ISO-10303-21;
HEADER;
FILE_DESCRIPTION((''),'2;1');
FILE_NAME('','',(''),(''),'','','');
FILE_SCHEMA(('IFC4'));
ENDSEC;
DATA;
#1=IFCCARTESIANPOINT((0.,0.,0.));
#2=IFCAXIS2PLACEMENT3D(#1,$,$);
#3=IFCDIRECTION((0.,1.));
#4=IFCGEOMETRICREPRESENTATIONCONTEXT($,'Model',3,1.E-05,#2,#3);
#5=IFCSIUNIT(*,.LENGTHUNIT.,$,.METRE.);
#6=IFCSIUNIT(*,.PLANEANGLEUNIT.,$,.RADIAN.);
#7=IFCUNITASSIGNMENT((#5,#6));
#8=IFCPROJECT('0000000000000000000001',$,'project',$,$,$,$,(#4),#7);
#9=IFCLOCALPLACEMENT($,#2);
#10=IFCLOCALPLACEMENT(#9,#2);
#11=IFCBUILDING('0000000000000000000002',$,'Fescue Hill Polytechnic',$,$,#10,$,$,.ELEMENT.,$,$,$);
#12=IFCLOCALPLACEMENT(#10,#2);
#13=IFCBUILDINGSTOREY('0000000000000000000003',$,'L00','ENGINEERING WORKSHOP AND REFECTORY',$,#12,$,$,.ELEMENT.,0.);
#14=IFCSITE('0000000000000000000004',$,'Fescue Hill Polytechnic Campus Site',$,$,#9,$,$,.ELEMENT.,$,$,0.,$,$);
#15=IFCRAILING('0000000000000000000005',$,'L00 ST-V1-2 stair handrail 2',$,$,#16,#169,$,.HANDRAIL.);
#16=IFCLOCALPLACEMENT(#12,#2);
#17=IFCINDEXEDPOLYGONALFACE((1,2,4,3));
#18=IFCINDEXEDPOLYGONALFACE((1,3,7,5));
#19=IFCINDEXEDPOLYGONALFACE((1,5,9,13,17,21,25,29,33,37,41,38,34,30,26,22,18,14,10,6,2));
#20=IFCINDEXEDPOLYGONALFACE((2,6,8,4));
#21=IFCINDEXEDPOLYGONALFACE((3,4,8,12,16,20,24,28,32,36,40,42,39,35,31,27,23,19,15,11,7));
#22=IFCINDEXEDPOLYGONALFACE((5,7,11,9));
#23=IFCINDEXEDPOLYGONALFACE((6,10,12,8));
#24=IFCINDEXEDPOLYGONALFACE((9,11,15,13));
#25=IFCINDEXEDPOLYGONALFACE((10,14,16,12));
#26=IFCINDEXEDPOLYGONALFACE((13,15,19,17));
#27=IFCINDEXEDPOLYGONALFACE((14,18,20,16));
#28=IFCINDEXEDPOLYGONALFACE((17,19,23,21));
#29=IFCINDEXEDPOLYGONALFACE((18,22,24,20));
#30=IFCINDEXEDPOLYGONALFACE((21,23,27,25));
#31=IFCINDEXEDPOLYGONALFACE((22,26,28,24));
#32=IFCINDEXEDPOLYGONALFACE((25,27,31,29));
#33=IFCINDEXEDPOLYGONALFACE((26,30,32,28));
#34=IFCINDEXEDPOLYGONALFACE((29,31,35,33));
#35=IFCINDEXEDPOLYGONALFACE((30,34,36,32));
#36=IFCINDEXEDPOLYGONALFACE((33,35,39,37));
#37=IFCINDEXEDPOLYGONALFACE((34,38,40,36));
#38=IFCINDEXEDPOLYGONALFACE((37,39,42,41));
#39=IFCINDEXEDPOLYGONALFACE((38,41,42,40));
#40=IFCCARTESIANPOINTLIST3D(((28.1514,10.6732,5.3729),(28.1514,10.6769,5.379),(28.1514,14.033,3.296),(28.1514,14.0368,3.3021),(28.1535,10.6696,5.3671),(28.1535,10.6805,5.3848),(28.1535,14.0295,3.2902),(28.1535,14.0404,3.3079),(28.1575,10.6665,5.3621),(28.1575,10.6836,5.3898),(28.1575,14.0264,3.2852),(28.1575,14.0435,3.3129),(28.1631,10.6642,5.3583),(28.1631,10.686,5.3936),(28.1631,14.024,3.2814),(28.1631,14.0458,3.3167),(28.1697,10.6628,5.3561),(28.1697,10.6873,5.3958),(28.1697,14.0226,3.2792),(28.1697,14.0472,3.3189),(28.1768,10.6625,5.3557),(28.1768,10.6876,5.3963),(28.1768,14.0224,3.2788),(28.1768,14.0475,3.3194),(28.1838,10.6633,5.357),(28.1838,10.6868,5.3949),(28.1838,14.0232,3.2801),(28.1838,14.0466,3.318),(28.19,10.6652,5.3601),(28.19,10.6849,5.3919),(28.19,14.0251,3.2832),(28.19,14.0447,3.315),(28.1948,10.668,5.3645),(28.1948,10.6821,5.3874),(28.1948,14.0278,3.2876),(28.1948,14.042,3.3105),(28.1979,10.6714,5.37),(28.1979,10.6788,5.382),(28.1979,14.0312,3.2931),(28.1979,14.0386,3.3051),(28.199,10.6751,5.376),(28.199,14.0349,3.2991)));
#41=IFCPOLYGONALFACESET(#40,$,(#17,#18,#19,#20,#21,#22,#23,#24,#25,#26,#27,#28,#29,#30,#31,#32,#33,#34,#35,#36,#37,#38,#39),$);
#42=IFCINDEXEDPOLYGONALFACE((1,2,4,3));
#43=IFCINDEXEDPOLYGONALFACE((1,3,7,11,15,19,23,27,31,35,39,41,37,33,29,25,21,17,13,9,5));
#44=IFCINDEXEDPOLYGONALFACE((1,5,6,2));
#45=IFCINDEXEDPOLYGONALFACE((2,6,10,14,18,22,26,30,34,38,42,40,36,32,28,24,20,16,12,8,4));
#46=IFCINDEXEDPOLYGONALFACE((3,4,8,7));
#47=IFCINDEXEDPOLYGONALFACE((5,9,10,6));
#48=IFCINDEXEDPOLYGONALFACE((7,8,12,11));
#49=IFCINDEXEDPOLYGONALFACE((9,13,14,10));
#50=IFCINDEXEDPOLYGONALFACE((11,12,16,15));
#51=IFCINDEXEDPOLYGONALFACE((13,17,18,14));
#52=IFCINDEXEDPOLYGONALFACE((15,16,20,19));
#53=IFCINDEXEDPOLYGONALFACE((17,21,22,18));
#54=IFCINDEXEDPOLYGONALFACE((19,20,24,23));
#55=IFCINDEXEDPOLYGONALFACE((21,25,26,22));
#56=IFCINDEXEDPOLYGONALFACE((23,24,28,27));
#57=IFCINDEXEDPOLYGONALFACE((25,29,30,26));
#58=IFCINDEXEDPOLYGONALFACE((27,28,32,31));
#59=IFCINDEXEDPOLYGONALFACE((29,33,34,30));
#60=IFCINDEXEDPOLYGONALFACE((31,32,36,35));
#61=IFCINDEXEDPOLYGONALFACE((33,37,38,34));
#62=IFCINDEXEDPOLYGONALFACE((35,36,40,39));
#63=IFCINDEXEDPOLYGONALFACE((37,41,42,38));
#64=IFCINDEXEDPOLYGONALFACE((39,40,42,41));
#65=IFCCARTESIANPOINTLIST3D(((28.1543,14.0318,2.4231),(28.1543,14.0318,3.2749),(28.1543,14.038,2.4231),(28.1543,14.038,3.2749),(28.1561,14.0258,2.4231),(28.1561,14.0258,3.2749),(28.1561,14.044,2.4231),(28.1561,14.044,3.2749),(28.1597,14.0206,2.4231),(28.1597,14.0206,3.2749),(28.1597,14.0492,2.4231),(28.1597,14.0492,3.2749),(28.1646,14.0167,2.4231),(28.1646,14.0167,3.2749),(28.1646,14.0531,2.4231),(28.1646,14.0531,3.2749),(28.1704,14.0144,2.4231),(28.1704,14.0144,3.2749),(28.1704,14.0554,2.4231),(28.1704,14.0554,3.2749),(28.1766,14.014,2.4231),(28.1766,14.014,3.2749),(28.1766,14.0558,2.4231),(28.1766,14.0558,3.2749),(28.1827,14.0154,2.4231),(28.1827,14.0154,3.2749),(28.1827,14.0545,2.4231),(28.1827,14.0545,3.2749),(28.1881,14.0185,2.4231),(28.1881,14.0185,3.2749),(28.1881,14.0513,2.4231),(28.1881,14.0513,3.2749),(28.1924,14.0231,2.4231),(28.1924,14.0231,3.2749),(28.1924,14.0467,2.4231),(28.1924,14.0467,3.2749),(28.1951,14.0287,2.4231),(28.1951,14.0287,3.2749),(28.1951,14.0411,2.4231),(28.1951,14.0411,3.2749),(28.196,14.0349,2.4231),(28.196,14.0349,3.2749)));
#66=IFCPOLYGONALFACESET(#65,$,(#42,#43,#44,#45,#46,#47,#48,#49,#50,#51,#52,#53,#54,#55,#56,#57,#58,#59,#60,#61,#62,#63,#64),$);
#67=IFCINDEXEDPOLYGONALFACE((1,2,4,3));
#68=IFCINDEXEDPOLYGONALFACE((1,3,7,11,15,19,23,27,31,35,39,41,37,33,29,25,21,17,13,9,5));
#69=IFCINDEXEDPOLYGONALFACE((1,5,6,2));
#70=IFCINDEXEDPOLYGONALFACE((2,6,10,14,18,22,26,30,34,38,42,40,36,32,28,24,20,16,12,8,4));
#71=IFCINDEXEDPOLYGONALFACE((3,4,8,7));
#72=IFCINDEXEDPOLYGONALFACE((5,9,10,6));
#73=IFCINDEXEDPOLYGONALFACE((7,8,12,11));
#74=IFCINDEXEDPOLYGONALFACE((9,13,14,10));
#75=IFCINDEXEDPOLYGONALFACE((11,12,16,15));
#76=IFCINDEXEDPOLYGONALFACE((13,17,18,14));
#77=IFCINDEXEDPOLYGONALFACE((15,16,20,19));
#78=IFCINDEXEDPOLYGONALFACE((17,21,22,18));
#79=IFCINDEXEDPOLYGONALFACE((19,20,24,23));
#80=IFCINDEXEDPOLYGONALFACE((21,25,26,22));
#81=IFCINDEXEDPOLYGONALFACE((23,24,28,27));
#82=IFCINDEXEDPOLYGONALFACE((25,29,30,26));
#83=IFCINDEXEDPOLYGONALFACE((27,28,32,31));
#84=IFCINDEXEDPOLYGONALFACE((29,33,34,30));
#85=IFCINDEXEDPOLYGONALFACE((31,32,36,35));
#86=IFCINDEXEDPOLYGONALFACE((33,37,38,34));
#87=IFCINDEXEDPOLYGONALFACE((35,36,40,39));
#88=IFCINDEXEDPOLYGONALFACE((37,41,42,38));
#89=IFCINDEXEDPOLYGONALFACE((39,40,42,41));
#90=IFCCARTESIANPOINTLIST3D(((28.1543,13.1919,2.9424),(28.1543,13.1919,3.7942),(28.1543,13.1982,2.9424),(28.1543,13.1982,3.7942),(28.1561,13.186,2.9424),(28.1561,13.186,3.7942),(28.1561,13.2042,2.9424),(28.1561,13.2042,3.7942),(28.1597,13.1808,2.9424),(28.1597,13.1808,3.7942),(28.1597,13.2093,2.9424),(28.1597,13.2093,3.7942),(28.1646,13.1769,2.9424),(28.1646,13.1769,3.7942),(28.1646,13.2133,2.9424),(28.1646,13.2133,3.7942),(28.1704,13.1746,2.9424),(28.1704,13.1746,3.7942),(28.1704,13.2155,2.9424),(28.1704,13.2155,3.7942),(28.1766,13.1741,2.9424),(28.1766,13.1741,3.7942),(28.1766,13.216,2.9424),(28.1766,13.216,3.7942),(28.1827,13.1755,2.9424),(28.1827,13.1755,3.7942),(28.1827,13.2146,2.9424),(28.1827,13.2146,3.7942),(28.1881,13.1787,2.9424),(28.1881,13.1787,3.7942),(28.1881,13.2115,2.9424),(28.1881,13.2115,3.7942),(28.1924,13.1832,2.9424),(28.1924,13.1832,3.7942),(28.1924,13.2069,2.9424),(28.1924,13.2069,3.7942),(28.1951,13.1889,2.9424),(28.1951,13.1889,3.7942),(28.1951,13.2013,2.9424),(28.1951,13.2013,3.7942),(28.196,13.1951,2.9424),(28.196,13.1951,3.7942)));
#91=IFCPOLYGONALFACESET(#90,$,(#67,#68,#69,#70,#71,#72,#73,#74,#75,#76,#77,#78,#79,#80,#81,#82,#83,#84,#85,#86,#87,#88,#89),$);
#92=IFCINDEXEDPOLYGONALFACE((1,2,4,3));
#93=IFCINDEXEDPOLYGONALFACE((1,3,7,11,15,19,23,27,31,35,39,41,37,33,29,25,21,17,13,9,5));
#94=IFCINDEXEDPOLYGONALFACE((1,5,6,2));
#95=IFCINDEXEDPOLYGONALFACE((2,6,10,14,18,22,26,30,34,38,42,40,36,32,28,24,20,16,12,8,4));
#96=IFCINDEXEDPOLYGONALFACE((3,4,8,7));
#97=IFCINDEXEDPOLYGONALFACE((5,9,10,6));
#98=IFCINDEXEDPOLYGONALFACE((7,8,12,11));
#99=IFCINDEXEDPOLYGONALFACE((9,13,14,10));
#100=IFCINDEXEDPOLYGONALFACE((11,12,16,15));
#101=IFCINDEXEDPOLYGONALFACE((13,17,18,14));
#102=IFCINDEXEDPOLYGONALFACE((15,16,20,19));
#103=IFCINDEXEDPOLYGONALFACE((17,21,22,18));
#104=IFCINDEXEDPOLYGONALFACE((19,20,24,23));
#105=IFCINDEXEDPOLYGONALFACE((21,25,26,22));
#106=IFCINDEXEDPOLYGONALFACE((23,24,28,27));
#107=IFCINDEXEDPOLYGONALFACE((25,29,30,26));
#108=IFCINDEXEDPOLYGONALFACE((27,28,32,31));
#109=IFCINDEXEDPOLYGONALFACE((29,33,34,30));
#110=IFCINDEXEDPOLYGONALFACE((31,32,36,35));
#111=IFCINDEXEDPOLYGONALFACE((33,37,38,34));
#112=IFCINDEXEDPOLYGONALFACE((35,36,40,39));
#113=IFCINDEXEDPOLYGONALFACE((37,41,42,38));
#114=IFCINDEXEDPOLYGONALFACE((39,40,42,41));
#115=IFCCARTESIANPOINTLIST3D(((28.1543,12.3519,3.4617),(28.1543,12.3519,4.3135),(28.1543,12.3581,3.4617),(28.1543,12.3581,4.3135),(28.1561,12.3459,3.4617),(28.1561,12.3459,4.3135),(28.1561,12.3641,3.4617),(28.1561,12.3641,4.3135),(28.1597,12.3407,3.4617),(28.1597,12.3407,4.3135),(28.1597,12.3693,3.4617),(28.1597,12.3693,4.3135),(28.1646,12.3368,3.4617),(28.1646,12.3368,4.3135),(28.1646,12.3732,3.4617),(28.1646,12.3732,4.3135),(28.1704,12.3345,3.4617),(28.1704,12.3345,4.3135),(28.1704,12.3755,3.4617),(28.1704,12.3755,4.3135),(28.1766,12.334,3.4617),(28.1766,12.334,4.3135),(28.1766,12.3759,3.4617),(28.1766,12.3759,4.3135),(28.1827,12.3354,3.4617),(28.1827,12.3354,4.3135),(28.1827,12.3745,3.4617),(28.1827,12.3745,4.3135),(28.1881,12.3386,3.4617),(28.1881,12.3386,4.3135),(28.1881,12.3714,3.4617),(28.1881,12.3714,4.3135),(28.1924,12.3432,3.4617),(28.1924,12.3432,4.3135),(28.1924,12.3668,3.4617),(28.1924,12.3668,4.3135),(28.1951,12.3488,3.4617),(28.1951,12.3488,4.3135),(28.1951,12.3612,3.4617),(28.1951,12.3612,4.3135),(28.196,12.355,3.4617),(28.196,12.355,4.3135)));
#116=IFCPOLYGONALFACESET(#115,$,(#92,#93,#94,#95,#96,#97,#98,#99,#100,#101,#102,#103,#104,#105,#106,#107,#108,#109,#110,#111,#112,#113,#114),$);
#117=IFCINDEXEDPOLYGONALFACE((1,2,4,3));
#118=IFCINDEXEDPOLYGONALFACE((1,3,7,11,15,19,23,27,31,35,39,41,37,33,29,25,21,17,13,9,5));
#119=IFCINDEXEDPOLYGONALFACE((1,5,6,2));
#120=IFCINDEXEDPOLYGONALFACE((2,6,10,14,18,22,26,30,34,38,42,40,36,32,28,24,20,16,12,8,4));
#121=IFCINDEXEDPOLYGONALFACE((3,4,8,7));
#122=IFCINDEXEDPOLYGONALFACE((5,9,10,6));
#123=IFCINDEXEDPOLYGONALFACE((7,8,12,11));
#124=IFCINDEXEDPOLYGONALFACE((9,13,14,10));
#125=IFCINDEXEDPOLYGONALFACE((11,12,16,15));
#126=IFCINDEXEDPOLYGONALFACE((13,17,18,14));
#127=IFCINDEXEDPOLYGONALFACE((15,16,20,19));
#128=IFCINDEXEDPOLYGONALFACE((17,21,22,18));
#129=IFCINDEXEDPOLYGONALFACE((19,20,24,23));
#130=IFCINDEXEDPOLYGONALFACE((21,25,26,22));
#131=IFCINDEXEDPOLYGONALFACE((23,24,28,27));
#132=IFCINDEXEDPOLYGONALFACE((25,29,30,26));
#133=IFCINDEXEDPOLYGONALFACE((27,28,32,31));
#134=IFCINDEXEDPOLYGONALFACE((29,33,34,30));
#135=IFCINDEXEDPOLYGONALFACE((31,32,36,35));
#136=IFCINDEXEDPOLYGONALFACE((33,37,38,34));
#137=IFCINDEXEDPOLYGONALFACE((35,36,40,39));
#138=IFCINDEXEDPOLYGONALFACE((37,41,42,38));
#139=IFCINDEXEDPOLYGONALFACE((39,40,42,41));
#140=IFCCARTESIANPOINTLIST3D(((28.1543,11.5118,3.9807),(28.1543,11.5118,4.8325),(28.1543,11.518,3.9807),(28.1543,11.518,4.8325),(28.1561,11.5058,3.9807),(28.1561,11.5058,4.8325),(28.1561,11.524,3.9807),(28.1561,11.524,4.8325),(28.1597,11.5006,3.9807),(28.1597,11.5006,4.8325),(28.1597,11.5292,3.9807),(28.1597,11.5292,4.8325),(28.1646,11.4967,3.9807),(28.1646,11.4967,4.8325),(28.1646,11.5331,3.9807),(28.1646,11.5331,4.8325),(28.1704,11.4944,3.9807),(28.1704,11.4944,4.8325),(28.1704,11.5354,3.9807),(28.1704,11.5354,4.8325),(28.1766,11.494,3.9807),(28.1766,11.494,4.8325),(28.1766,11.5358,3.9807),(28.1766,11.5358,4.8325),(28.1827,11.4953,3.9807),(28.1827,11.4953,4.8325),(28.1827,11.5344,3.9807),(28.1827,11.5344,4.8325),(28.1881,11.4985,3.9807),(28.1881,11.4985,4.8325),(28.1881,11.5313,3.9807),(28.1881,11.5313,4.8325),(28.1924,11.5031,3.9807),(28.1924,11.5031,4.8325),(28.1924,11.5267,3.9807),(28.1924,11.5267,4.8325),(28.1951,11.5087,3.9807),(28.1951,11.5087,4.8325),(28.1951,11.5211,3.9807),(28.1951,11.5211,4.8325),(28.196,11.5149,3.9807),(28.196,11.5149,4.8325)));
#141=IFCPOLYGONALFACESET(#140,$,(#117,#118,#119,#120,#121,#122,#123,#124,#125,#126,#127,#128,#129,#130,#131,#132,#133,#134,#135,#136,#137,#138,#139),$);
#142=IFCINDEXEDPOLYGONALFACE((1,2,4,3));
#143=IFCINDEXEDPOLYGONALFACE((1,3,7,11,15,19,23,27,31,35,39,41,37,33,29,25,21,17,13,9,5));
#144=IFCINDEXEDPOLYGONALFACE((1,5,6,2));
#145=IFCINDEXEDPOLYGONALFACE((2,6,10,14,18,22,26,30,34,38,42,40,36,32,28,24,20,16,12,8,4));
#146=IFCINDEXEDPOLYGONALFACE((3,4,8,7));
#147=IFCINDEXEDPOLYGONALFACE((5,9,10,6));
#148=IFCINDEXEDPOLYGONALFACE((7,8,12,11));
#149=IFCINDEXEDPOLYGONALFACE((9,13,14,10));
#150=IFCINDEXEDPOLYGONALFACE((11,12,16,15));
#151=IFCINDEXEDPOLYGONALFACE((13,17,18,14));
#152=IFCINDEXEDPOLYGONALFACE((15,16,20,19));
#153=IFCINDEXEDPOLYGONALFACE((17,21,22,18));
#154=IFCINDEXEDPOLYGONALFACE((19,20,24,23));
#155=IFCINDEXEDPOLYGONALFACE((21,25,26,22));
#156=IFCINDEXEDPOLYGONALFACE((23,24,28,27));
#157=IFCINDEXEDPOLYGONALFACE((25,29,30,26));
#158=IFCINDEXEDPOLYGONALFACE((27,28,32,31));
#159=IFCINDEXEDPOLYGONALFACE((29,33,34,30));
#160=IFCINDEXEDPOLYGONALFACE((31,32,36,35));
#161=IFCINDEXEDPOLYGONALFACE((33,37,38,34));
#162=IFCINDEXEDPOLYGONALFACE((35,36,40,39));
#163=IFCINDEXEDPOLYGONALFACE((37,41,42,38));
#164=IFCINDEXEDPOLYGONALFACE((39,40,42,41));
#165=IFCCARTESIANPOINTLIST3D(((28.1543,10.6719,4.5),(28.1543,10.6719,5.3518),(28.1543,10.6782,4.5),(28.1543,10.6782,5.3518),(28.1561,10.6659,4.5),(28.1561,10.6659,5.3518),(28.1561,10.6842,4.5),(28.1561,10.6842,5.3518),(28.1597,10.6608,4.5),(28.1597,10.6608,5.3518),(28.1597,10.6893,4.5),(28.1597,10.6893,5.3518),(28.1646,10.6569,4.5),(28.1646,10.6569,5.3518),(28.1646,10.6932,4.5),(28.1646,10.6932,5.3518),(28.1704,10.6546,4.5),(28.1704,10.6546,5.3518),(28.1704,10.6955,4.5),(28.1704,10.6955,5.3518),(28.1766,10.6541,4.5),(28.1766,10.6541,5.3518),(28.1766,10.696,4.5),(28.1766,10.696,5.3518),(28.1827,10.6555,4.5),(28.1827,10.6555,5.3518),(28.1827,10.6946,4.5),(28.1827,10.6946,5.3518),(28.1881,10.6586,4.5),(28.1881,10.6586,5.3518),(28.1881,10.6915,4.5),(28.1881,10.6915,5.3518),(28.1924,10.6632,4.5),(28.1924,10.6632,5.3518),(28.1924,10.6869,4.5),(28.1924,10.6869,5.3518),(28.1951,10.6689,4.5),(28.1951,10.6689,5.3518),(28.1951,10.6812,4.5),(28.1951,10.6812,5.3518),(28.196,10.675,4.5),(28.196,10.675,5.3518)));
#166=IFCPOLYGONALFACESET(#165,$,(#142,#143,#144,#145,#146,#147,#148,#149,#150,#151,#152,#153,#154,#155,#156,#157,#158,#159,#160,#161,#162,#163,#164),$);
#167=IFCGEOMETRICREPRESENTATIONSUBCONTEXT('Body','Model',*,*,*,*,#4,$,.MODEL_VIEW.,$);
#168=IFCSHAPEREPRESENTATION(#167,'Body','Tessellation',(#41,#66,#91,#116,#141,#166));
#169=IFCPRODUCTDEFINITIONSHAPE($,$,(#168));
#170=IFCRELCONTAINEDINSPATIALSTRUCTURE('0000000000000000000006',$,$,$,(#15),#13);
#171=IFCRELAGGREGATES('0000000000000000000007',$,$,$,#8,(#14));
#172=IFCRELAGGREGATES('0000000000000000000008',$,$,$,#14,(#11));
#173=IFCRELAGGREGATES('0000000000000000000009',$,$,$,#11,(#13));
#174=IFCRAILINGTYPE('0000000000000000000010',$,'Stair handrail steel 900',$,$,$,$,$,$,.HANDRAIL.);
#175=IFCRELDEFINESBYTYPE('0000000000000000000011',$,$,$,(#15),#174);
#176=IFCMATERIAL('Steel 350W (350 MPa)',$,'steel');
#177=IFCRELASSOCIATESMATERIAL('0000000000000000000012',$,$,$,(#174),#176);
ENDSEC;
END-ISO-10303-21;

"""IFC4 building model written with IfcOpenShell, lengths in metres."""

from ifc_helpers import new_model, si_unit, direction, frame, origin, origin_2d, place, context, subcontext, project, spatial, circle, extrude, material, type_object, element, save


model = new_model("IFC4")

# Units and contexts
model_context = context("Model", 3, precision=1e-05, world=origin(), true_north=direction((0.0, 1.0)))
body_context = subcontext(model_context, "Body", "Model", "MODEL_VIEW")
ifc_project = project(units=[si_unit("LENGTHUNIT", "METRE"), si_unit("PLANEANGLEUNIT", "RADIAN")], contexts=[model_context])

# Site, building, storey
site_placement = place(None, origin())
site = spatial("IfcSite", under=ifc_project, at=site_placement, Name="Fescue Hill Polytechnic Campus Site", CompositionType="ELEMENT", RefElevation=0.0)
building_placement = place(site_placement, origin())
building = spatial("IfcBuilding", under=site, at=building_placement, Name="Fescue Hill Polytechnic", CompositionType="ELEMENT")
storey_placement = place(building_placement, origin())
storey = spatial("IfcBuildingStorey", under=building, at=storey_placement, Name="L00", Description="ENGINEERING WORKSHOP AND REFECTORY", CompositionType="ELEMENT", Elevation=0.0)

# Railing
ifc_material_1 = material(Name="Steel 350W (350 MPa)", Category="steel")
railing_type_1 = type_object("IfcRailingType", Name="Stair handrail steel 900", PredefinedType="HANDRAIL", material=ifc_material_1)
railing_1_placement = place(storey_placement, frame((28.175, 14.0349, 2.4231)))
element("IfcRailing", 1, at=railing_1_placement, inside=storey, type_object=railing_type_1, Name="L00 ST-V1-2 stair handrail 2", PredefinedType="HANDRAIL", context=body_context, shape_type="SweptSolid", body=[
    extrude(circle(Radius=0.0239, at=origin_2d()), frame((0.0, 0.0, 0.876), z_axis=(0.0, -0.850606, 0.525803), x_axis=(1.0, 0.0, 0.0)), (0.0, 0.0, 1.0), 3.95),
    extrude(circle(Radius=0.021, at=origin_2d()), origin(), (0.0, 0.0, 1.0), 0.8518),
    extrude(circle(Radius=0.021, at=origin_2d()), frame((0.0, -0.8398, 0.5193)), (0.0, 0.0, 1.0), 0.8518),
    extrude(circle(Radius=0.021, at=origin_2d()), frame((0.0, -1.6799, 1.0386)), (0.0, 0.0, 1.0), 0.8518),
    extrude(circle(Radius=0.021, at=origin_2d()), frame((0.0, -2.52, 1.5576)), (0.0, 0.0, 1.0), 0.8518),
    extrude(circle(Radius=0.021, at=origin_2d()), frame((0.0, -3.3599, 2.0769)), (0.0, 0.0, 1.0), 0.8518),
])

save(model, "model.ifc")
